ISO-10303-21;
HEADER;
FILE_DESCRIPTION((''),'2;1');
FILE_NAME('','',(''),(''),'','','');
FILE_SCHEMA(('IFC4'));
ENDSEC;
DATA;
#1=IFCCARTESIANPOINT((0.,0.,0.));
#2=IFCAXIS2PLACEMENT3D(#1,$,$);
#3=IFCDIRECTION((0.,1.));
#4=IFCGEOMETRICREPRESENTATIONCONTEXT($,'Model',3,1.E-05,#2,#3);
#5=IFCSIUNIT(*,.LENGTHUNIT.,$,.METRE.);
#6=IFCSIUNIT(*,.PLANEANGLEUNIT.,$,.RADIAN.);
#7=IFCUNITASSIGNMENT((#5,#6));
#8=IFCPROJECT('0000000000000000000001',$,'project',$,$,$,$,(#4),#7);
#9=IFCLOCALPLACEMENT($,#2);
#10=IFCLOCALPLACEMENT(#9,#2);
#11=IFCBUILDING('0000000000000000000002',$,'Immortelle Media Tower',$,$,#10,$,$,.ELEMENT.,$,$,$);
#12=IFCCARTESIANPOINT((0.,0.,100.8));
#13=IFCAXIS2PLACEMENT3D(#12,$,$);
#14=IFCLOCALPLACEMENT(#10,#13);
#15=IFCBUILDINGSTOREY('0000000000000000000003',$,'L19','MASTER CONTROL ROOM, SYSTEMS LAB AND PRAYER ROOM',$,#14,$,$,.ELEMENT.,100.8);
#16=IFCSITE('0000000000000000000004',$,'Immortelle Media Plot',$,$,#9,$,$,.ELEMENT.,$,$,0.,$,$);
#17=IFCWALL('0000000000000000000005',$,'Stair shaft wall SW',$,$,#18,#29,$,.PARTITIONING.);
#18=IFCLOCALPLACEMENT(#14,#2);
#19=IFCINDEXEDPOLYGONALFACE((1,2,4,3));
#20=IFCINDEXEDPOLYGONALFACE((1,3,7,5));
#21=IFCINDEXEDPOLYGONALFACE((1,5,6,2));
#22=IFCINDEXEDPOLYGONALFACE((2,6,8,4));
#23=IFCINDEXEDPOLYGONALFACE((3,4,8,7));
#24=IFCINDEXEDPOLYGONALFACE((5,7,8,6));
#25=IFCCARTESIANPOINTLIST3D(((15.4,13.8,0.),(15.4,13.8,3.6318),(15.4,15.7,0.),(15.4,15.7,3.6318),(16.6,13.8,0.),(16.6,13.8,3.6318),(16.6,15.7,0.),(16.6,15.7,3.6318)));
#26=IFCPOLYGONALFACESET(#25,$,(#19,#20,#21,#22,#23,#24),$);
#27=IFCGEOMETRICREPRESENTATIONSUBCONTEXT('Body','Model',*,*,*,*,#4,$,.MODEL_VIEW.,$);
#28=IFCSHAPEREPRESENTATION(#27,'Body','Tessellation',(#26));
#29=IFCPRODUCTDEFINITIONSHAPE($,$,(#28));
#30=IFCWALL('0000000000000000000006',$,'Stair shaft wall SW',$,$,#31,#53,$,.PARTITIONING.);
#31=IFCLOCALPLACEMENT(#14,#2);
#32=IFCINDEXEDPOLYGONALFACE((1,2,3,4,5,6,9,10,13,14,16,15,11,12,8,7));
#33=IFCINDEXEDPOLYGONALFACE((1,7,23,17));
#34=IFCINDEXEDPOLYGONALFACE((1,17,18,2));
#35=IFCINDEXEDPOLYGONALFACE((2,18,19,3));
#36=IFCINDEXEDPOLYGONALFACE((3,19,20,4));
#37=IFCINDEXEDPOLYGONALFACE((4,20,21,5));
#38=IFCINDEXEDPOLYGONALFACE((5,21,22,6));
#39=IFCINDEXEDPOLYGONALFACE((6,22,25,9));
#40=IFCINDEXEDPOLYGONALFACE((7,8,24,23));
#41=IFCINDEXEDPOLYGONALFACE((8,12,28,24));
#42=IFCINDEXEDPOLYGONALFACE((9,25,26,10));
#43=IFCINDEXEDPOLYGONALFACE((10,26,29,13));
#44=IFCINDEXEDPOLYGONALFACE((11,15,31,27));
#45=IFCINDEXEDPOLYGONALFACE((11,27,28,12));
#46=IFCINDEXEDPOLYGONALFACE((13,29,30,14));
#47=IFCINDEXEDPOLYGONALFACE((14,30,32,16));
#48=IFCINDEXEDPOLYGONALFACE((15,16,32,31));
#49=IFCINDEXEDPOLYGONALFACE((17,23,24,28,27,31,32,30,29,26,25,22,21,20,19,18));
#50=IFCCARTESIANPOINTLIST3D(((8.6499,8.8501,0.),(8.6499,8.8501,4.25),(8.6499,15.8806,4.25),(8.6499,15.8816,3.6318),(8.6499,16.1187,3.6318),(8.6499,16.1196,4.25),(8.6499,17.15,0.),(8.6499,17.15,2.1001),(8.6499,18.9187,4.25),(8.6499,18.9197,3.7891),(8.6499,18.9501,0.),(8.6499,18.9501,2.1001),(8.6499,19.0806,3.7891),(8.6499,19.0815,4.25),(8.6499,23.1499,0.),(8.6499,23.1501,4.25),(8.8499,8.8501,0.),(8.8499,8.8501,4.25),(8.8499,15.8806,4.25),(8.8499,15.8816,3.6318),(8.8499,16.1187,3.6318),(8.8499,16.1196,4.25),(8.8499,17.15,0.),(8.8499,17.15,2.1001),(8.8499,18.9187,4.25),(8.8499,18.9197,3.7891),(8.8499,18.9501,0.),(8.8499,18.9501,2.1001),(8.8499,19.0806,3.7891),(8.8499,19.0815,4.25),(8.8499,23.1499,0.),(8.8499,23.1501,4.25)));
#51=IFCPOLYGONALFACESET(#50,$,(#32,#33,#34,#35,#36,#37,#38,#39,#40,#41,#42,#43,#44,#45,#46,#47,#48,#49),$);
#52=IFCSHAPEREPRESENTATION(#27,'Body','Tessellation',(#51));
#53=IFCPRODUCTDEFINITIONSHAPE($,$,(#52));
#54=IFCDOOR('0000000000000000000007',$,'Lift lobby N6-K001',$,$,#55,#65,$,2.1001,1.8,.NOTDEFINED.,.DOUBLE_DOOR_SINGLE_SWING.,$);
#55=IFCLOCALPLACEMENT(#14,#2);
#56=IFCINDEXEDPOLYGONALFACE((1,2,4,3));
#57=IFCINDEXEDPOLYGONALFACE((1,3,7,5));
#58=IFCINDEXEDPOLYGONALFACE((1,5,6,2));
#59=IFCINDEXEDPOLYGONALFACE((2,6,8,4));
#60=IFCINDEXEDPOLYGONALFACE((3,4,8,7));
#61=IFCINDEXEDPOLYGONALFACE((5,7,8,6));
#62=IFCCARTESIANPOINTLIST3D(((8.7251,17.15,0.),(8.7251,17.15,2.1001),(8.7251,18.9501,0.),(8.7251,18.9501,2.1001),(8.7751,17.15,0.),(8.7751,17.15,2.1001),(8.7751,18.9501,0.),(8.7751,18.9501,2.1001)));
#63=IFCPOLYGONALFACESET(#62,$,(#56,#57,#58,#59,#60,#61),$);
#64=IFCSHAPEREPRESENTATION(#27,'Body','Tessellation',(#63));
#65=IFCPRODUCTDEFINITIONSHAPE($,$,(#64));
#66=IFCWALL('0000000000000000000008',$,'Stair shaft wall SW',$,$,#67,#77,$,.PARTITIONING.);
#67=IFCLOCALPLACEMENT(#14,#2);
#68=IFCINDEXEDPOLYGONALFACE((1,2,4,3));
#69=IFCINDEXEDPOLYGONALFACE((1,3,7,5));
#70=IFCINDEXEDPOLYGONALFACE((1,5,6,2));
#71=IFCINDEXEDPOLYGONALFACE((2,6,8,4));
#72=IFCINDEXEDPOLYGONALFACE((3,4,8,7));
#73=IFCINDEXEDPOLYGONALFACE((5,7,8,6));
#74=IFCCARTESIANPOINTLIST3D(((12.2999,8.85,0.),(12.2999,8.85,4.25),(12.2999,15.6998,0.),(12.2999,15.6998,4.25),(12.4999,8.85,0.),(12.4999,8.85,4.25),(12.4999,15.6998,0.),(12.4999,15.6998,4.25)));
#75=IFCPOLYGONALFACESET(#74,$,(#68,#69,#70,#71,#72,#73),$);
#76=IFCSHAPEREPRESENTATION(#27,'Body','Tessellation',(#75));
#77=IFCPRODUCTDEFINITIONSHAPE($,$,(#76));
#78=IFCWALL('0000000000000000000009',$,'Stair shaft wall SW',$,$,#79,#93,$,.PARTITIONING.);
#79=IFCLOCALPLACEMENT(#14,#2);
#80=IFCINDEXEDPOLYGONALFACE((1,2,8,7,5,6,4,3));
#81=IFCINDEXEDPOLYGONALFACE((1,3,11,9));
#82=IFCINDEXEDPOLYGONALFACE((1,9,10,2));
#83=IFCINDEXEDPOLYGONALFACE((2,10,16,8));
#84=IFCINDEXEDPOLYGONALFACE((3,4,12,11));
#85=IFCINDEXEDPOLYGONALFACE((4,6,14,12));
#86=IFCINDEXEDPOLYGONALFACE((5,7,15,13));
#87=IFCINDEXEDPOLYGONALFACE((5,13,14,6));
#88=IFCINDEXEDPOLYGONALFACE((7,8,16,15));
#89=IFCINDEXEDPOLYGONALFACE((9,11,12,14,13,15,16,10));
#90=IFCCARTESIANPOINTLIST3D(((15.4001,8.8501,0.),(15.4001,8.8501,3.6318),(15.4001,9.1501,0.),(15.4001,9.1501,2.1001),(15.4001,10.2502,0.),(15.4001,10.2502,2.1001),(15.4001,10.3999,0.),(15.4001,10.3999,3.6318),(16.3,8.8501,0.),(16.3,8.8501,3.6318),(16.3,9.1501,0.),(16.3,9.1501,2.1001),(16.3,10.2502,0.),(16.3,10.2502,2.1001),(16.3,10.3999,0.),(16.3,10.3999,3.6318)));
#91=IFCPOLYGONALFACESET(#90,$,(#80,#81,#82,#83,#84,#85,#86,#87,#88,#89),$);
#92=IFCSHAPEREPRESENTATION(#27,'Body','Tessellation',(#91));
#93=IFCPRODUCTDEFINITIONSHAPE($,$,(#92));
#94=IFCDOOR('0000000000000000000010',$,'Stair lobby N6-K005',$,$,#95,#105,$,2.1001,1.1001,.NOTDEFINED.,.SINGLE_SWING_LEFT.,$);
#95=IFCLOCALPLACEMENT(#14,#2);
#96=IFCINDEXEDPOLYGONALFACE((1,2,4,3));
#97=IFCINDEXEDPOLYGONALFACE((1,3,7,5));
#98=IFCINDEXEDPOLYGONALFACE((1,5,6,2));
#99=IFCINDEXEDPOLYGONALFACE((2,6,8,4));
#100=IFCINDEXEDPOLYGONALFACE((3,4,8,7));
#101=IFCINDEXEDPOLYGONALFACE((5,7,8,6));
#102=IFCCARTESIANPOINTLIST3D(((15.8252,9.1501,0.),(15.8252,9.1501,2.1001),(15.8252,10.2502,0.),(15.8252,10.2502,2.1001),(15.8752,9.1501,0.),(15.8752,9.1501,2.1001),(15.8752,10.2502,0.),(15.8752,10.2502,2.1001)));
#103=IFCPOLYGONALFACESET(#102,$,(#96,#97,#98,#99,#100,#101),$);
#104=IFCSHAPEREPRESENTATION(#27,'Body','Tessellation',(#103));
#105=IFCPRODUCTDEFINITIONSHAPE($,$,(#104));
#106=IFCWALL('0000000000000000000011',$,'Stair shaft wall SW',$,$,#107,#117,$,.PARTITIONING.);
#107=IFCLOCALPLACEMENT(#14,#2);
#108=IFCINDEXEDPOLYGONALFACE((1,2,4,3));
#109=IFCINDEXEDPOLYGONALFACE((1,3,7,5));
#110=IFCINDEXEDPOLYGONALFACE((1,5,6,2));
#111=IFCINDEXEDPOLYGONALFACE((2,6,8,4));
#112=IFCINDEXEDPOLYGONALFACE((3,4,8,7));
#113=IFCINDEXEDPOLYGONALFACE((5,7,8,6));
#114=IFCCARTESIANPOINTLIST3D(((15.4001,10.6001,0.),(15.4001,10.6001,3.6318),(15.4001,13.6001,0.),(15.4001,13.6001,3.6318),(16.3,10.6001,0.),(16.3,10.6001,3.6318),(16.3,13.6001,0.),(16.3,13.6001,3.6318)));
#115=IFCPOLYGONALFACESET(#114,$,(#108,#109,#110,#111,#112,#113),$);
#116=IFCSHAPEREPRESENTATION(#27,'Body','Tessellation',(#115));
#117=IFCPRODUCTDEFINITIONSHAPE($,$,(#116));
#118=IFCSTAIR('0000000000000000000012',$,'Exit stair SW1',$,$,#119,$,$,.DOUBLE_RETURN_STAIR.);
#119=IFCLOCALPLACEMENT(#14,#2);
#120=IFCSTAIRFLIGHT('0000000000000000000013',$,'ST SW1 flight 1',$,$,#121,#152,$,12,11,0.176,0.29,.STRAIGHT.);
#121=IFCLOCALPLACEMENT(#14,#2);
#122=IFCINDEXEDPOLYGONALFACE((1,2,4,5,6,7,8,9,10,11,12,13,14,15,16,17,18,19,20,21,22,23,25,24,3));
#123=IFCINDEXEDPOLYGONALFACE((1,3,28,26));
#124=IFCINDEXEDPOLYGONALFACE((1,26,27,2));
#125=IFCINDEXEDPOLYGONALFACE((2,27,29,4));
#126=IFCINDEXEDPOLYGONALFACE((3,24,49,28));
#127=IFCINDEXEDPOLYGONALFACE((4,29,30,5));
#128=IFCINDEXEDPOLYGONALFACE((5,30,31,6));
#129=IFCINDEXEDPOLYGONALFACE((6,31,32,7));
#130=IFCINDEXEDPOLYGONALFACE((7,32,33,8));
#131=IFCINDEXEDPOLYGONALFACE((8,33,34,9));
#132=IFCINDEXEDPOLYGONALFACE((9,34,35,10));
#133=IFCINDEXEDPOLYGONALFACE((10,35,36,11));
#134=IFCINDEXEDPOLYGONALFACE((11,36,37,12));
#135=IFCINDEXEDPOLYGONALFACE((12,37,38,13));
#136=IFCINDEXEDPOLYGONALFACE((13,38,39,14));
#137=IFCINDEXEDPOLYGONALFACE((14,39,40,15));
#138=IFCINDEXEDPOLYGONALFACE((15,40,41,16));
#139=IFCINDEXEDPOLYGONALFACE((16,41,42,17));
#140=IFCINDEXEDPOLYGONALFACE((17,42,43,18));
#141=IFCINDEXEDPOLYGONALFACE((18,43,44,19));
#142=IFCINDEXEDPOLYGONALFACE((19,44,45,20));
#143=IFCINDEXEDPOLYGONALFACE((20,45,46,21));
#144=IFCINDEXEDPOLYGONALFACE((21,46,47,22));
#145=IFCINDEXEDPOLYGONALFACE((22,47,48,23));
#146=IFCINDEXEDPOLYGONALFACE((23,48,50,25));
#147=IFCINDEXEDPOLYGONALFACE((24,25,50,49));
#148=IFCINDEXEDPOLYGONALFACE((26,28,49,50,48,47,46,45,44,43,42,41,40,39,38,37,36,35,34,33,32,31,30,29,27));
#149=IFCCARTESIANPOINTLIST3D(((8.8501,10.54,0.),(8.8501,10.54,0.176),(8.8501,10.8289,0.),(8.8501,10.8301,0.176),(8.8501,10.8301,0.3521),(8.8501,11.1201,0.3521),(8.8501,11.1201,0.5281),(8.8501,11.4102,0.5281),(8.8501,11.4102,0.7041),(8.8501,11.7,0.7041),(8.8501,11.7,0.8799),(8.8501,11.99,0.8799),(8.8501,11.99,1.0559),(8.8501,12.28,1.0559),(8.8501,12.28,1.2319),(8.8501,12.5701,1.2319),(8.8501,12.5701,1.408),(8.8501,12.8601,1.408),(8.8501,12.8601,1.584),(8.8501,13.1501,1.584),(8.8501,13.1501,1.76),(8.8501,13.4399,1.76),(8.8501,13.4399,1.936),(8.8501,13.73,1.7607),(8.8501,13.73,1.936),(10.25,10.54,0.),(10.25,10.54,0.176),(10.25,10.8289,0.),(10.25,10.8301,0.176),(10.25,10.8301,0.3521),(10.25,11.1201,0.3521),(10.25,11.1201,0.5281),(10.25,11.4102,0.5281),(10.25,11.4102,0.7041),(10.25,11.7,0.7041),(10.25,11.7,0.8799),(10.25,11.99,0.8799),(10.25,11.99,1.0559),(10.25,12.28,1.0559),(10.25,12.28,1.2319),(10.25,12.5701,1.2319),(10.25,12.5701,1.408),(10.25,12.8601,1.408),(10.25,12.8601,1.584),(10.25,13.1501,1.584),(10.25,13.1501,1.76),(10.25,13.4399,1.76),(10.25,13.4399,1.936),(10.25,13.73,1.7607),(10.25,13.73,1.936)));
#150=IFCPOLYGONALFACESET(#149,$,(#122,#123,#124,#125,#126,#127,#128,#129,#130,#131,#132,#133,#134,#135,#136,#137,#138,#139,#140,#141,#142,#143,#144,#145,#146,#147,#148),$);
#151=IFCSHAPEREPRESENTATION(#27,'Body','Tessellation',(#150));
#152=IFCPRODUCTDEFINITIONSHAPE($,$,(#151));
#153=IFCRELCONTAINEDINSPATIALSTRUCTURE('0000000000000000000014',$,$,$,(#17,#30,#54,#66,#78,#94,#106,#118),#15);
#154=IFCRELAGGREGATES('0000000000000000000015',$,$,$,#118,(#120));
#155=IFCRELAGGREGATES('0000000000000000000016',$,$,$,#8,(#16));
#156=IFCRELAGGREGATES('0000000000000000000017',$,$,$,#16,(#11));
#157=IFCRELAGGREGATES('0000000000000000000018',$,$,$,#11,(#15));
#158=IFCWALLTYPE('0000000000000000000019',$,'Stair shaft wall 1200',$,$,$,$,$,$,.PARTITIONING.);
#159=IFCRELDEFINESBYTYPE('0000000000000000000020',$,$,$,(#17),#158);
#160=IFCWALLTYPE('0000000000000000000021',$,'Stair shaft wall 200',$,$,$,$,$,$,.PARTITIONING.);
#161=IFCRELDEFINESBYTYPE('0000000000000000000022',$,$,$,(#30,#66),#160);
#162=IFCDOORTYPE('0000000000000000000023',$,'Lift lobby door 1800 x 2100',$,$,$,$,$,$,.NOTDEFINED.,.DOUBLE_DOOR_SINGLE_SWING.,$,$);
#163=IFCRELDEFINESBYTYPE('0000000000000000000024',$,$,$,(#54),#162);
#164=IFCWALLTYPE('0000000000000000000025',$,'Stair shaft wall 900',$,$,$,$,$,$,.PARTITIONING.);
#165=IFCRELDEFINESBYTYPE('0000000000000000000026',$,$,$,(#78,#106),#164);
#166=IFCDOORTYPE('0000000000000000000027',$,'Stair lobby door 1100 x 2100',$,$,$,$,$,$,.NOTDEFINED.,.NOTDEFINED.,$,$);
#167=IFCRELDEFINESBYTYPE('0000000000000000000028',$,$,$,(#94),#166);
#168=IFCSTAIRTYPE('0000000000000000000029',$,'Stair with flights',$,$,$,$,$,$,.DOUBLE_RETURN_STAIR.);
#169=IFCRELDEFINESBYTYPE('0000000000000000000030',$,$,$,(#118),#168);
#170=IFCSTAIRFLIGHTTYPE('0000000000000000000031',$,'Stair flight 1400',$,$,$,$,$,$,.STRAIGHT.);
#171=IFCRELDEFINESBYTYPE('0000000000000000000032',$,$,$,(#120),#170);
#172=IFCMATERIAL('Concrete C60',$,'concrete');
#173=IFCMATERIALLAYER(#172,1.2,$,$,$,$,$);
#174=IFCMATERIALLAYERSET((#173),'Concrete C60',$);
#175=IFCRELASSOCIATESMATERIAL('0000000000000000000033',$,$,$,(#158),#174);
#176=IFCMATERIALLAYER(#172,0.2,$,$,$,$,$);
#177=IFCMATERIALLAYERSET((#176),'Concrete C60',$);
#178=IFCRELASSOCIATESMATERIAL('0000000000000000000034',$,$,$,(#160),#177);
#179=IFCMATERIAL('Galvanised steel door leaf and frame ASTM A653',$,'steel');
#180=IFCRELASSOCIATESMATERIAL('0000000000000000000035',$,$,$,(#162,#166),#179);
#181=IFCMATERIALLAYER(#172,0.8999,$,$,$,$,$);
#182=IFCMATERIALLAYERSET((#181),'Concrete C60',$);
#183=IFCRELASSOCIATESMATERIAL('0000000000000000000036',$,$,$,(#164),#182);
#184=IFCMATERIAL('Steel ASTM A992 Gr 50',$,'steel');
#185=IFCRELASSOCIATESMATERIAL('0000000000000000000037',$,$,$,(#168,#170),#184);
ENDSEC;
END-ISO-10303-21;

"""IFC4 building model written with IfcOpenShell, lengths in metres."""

from ifc_helpers import new_model, si_unit, direction, frame, frame_2d, origin, place, context, subcontext, project, spatial, polyline, rectangle, outline, extrude, material, layer, layer_set, type_object, element, fill, aggregate, save


model = new_model("IFC4")

# Units and contexts
model_context = context("Model", 3, precision=1e-05, world=origin(), true_north=direction((0.0, 1.0)))
body_context = subcontext(model_context, "Body", "Model", "MODEL_VIEW")
ifc_project = project(units=[si_unit("LENGTHUNIT", "METRE"), si_unit("PLANEANGLEUNIT", "RADIAN")], contexts=[model_context])

# Site, building, storey
site_placement = place(None, origin())
site = spatial("IfcSite", under=ifc_project, at=site_placement, Name="Immortelle Media Plot", CompositionType="ELEMENT", RefElevation=0.0)
building_placement = place(site_placement, origin())
building = spatial("IfcBuilding", under=site, at=building_placement, Name="Immortelle Media Tower", CompositionType="ELEMENT")
storey_placement = place(building_placement, frame((0.0, 0.0, 100.8)))
storey = spatial("IfcBuildingStorey", under=building, at=storey_placement, Name="L19", Description="MASTER CONTROL ROOM, SYSTEMS LAB AND PRAYER ROOM", CompositionType="ELEMENT", Elevation=100.8)

# Shared definitions
ifc_material_1 = material(Name="Steel ASTM A992 Gr 50", Category="steel")

# Wall
ifc_material_2 = material(Name="Concrete C60", Category="concrete")
ifc_layer_1 = layer(ifc_material_2, 1.2)
ifc_layer_set_1 = layer_set([ifc_layer_1], Name="Concrete C60")
wall_type_1 = type_object("IfcWallType", Name="Stair shaft wall 1200", PredefinedType="PARTITIONING", material=ifc_layer_set_1)
wall_1_placement = place(storey_placement, frame((16.0, 13.8, 0.0), z_axis=(0.0, 0.0, 1.0), x_axis=(0.0, 1.0, 0.0)))
element("IfcWall", 1, at=wall_1_placement, inside=storey, type_object=wall_type_1, Name="Stair shaft wall SW", PredefinedType="PARTITIONING", context=body_context, shape_type="SweptSolid", body=[
    extrude(rectangle(XDim=1.8999, YDim=1.2, at=frame_2d((0.95, 0.0))), origin(), (0.0, 0.0, 1.0), 3.6318),
])

# Wall, opening, door
ifc_layer_2 = layer(ifc_material_2, 0.2)
ifc_layer_set_2 = layer_set([ifc_layer_2], Name="Concrete C60")
wall_type_2 = type_object("IfcWallType", Name="Stair shaft wall 200", PredefinedType="PARTITIONING", material=ifc_layer_set_2)
wall_2_placement = place(storey_placement, frame((8.75, 8.8501, 0.0), z_axis=(0.0, 0.0, 1.0), x_axis=(0.0, 1.0, 0.0)))
wall_2 = element("IfcWall", 2, at=wall_2_placement, inside=storey, type_object=wall_type_2, Name="Stair shaft wall SW", PredefinedType="PARTITIONING", context=body_context, shape_type="SweptSolid", body=[
    extrude(outline(polyline([(0.0, 0.0), (14.2998, 0.0), (14.3, 4.25), (10.2314, 4.25), (10.2305, 3.7891), (10.0696, 3.7891), (10.0686, 4.25), (7.2695, 4.25), (7.2686, 3.6318), (7.0315, 3.6318), (7.0305, 4.25), (0.0, 4.25), (0.0, 0.0)])), frame((0.0, 0.1001, 0.0), z_axis=(0.0, -1.0, 0.0), x_axis=(1.0, 0.0, 0.0)), (0.0, 0.0, 1.0), 0.2),
])
opening_1_placement = place(wall_2_placement, frame((8.3, 0.0, 0.0)))
opening_1 = element("IfcOpeningElement", 3, at=opening_1_placement, cuts=wall_2, PredefinedType="OPENING", context=body_context, shape_type="SweptSolid", body=[
    extrude(rectangle(XDim=1.8, YDim=2.1001, at=frame_2d((0.8999, 1.05))), frame((0.0, 0.1099, 0.0), z_axis=(0.0, -1.0, 0.0), x_axis=(1.0, 0.0, 0.0)), (0.0, 0.0, 1.0), 0.22),
])
ifc_material_3 = material(Name="Galvanised steel door leaf and frame ASTM A653", Category="steel")
door_type_1 = type_object("IfcDoorType", Name="Lift lobby door 1800 x 2100", OperationType="DOUBLE_DOOR_SINGLE_SWING", PredefinedType="NOTDEFINED", material=ifc_material_3)
door_1_placement = place(opening_1_placement, origin())
door_1 = element("IfcDoor", 4, at=door_1_placement, inside=storey, type_object=door_type_1, Name="Lift lobby N6-K001", OperationType="DOUBLE_DOOR_SINGLE_SWING", OverallHeight=2.1001, OverallWidth=1.8, PredefinedType="NOTDEFINED", context=body_context, shape_type="SweptSolid", body=[
    extrude(rectangle(XDim=1.8, YDim=2.1001, at=frame_2d((0.8999, 1.05))), frame((0.0, 0.0249, 0.0), z_axis=(0.0, -1.0, 0.0), x_axis=(1.0, 0.0, 0.0)), (0.0, 0.0, 1.0), 0.05),
])
fill(opening_1, door_1)

# Wall
wall_3_placement = place(storey_placement, frame((12.3999, 8.8501, 0.0), z_axis=(0.0, 0.0, 1.0), x_axis=(0.0, 1.0, 0.0)))
element("IfcWall", 5, at=wall_3_placement, inside=storey, type_object=wall_type_2, Name="Stair shaft wall SW", PredefinedType="PARTITIONING", context=body_context, shape_type="SweptSolid", body=[
    extrude(rectangle(XDim=6.8499, YDim=0.2, at=frame_2d((3.4248, 0.0))), origin(), (0.0, 0.0, 1.0), 4.25),
])

# Wall, opening, door
ifc_layer_3 = layer(ifc_material_2, 0.8999)
ifc_layer_set_3 = layer_set([ifc_layer_3], Name="Concrete C60")
wall_type_3 = type_object("IfcWallType", Name="Stair shaft wall 900", PredefinedType="PARTITIONING", material=ifc_layer_set_3)
wall_4_placement = place(storey_placement, frame((15.8501, 8.8501, 0.0), z_axis=(0.0, 0.0, 1.0), x_axis=(0.0, 1.0, 0.0)))
wall_4 = element("IfcWall", 6, at=wall_4_placement, inside=storey, type_object=wall_type_3, Name="Stair shaft wall SW", PredefinedType="PARTITIONING", context=body_context, shape_type="SweptSolid", body=[
    extrude(rectangle(XDim=1.5498, YDim=0.8999, at=frame_2d((0.7749, 0.0))), origin(), (0.0, 0.0, 1.0), 3.6318),
])
opening_2_placement = place(wall_4_placement, frame((0.3, 0.0, 0.0)))
opening_2 = element("IfcOpeningElement", 7, at=opening_2_placement, cuts=wall_4, PredefinedType="OPENING", context=body_context, shape_type="SweptSolid", body=[
    extrude(rectangle(XDim=1.1001, YDim=2.1001, at=frame_2d((0.55, 1.05))), frame((0.0, 0.46, 0.0), z_axis=(0.0, -1.0, 0.0), x_axis=(1.0, 0.0, 0.0)), (0.0, 0.0, 1.0), 0.9199),
])
door_type_2 = type_object("IfcDoorType", Name="Stair lobby door 1100 x 2100", OperationType="NOTDEFINED", PredefinedType="NOTDEFINED", material=ifc_material_3)
door_2_placement = place(opening_2_placement, origin())
door_2 = element("IfcDoor", 8, at=door_2_placement, inside=storey, type_object=door_type_2, Name="Stair lobby N6-K005", OperationType="SINGLE_SWING_LEFT", OverallHeight=2.1001, OverallWidth=1.1001, PredefinedType="NOTDEFINED", context=body_context, shape_type="SweptSolid", body=[
    extrude(rectangle(XDim=1.1001, YDim=2.1001, at=frame_2d((0.55, 1.05))), frame((0.0, 0.0249, 0.0), z_axis=(0.0, -1.0, 0.0), x_axis=(1.0, 0.0, 0.0)), (0.0, 0.0, 1.0), 0.05),
])
fill(opening_2, door_2)

# Wall
wall_5_placement = place(storey_placement, frame((15.8501, 10.6001, 0.0), z_axis=(0.0, 0.0, 1.0), x_axis=(0.0, 1.0, 0.0)))
element("IfcWall", 9, at=wall_5_placement, inside=storey, type_object=wall_type_3, Name="Stair shaft wall SW", PredefinedType="PARTITIONING", context=body_context, shape_type="SweptSolid", body=[
    extrude(rectangle(XDim=3.0, YDim=0.8999, at=frame_2d((1.5, 0.0))), origin(), (0.0, 0.0, 1.0), 3.6318),
])

# Stair, stair flight
stair_type = type_object("IfcStairType", Name="Stair with flights", PredefinedType="DOUBLE_RETURN_STAIR", material=ifc_material_1)
stair_1_placement = place(storey_placement, origin())
stair_1 = element("IfcStair", 10, at=stair_1_placement, inside=storey, type_object=stair_type, Name="Exit stair SW1", PredefinedType="DOUBLE_RETURN_STAIR")
stair_flight_type = type_object("IfcStairFlightType", Name="Stair flight 1400", PredefinedType="STRAIGHT", material=ifc_material_1)
stair_flight_1_placement = place(storey_placement, frame((9.55, 10.54, 0.0), z_axis=(0.0, 0.0, 1.0), x_axis=(0.0, 1.0, 0.0)))
stair_flight_1 = element("IfcStairFlight", 11, at=stair_flight_1_placement, type_object=stair_flight_type, Name="ST SW1 flight 1", NumberOfRisers=12, NumberOfTreads=11, PredefinedType="STRAIGHT", RiserHeight=0.176, TreadLength=0.29, context=body_context, shape_type="SweptSolid", body=[
    extrude(outline(polyline([(0.0, 0.0), (0.0, 0.176), (0.29, 0.176), (0.29, 0.3521), (0.5801, 0.3521), (0.5801, 0.5281), (0.8701, 0.5281), (0.8701, 0.7041), (1.1599, 0.7041), (1.1599, 0.8799), (1.45, 0.8799), (1.45, 1.0559), (1.74, 1.0559), (1.74, 1.2319), (2.03, 1.2319), (2.03, 1.408), (2.3201, 1.408), (2.3201, 1.584), (2.6101, 1.584), (2.6101, 1.76), (2.8999, 1.76), (2.8999, 1.936), (3.1899, 1.936), (3.1899, 2.1121), (3.1899, 1.7607), (0.2888, 0.0), (0.0, 0.0)])), frame((0.0, 0.7, 0.0), z_axis=(0.0, -1.0, 0.0), x_axis=(1.0, 0.0, 0.0)), (0.0, 0.0, 1.0), 1.3999),
])
aggregate(stair_1, [stair_flight_1])

save(model, "model.ifc")
